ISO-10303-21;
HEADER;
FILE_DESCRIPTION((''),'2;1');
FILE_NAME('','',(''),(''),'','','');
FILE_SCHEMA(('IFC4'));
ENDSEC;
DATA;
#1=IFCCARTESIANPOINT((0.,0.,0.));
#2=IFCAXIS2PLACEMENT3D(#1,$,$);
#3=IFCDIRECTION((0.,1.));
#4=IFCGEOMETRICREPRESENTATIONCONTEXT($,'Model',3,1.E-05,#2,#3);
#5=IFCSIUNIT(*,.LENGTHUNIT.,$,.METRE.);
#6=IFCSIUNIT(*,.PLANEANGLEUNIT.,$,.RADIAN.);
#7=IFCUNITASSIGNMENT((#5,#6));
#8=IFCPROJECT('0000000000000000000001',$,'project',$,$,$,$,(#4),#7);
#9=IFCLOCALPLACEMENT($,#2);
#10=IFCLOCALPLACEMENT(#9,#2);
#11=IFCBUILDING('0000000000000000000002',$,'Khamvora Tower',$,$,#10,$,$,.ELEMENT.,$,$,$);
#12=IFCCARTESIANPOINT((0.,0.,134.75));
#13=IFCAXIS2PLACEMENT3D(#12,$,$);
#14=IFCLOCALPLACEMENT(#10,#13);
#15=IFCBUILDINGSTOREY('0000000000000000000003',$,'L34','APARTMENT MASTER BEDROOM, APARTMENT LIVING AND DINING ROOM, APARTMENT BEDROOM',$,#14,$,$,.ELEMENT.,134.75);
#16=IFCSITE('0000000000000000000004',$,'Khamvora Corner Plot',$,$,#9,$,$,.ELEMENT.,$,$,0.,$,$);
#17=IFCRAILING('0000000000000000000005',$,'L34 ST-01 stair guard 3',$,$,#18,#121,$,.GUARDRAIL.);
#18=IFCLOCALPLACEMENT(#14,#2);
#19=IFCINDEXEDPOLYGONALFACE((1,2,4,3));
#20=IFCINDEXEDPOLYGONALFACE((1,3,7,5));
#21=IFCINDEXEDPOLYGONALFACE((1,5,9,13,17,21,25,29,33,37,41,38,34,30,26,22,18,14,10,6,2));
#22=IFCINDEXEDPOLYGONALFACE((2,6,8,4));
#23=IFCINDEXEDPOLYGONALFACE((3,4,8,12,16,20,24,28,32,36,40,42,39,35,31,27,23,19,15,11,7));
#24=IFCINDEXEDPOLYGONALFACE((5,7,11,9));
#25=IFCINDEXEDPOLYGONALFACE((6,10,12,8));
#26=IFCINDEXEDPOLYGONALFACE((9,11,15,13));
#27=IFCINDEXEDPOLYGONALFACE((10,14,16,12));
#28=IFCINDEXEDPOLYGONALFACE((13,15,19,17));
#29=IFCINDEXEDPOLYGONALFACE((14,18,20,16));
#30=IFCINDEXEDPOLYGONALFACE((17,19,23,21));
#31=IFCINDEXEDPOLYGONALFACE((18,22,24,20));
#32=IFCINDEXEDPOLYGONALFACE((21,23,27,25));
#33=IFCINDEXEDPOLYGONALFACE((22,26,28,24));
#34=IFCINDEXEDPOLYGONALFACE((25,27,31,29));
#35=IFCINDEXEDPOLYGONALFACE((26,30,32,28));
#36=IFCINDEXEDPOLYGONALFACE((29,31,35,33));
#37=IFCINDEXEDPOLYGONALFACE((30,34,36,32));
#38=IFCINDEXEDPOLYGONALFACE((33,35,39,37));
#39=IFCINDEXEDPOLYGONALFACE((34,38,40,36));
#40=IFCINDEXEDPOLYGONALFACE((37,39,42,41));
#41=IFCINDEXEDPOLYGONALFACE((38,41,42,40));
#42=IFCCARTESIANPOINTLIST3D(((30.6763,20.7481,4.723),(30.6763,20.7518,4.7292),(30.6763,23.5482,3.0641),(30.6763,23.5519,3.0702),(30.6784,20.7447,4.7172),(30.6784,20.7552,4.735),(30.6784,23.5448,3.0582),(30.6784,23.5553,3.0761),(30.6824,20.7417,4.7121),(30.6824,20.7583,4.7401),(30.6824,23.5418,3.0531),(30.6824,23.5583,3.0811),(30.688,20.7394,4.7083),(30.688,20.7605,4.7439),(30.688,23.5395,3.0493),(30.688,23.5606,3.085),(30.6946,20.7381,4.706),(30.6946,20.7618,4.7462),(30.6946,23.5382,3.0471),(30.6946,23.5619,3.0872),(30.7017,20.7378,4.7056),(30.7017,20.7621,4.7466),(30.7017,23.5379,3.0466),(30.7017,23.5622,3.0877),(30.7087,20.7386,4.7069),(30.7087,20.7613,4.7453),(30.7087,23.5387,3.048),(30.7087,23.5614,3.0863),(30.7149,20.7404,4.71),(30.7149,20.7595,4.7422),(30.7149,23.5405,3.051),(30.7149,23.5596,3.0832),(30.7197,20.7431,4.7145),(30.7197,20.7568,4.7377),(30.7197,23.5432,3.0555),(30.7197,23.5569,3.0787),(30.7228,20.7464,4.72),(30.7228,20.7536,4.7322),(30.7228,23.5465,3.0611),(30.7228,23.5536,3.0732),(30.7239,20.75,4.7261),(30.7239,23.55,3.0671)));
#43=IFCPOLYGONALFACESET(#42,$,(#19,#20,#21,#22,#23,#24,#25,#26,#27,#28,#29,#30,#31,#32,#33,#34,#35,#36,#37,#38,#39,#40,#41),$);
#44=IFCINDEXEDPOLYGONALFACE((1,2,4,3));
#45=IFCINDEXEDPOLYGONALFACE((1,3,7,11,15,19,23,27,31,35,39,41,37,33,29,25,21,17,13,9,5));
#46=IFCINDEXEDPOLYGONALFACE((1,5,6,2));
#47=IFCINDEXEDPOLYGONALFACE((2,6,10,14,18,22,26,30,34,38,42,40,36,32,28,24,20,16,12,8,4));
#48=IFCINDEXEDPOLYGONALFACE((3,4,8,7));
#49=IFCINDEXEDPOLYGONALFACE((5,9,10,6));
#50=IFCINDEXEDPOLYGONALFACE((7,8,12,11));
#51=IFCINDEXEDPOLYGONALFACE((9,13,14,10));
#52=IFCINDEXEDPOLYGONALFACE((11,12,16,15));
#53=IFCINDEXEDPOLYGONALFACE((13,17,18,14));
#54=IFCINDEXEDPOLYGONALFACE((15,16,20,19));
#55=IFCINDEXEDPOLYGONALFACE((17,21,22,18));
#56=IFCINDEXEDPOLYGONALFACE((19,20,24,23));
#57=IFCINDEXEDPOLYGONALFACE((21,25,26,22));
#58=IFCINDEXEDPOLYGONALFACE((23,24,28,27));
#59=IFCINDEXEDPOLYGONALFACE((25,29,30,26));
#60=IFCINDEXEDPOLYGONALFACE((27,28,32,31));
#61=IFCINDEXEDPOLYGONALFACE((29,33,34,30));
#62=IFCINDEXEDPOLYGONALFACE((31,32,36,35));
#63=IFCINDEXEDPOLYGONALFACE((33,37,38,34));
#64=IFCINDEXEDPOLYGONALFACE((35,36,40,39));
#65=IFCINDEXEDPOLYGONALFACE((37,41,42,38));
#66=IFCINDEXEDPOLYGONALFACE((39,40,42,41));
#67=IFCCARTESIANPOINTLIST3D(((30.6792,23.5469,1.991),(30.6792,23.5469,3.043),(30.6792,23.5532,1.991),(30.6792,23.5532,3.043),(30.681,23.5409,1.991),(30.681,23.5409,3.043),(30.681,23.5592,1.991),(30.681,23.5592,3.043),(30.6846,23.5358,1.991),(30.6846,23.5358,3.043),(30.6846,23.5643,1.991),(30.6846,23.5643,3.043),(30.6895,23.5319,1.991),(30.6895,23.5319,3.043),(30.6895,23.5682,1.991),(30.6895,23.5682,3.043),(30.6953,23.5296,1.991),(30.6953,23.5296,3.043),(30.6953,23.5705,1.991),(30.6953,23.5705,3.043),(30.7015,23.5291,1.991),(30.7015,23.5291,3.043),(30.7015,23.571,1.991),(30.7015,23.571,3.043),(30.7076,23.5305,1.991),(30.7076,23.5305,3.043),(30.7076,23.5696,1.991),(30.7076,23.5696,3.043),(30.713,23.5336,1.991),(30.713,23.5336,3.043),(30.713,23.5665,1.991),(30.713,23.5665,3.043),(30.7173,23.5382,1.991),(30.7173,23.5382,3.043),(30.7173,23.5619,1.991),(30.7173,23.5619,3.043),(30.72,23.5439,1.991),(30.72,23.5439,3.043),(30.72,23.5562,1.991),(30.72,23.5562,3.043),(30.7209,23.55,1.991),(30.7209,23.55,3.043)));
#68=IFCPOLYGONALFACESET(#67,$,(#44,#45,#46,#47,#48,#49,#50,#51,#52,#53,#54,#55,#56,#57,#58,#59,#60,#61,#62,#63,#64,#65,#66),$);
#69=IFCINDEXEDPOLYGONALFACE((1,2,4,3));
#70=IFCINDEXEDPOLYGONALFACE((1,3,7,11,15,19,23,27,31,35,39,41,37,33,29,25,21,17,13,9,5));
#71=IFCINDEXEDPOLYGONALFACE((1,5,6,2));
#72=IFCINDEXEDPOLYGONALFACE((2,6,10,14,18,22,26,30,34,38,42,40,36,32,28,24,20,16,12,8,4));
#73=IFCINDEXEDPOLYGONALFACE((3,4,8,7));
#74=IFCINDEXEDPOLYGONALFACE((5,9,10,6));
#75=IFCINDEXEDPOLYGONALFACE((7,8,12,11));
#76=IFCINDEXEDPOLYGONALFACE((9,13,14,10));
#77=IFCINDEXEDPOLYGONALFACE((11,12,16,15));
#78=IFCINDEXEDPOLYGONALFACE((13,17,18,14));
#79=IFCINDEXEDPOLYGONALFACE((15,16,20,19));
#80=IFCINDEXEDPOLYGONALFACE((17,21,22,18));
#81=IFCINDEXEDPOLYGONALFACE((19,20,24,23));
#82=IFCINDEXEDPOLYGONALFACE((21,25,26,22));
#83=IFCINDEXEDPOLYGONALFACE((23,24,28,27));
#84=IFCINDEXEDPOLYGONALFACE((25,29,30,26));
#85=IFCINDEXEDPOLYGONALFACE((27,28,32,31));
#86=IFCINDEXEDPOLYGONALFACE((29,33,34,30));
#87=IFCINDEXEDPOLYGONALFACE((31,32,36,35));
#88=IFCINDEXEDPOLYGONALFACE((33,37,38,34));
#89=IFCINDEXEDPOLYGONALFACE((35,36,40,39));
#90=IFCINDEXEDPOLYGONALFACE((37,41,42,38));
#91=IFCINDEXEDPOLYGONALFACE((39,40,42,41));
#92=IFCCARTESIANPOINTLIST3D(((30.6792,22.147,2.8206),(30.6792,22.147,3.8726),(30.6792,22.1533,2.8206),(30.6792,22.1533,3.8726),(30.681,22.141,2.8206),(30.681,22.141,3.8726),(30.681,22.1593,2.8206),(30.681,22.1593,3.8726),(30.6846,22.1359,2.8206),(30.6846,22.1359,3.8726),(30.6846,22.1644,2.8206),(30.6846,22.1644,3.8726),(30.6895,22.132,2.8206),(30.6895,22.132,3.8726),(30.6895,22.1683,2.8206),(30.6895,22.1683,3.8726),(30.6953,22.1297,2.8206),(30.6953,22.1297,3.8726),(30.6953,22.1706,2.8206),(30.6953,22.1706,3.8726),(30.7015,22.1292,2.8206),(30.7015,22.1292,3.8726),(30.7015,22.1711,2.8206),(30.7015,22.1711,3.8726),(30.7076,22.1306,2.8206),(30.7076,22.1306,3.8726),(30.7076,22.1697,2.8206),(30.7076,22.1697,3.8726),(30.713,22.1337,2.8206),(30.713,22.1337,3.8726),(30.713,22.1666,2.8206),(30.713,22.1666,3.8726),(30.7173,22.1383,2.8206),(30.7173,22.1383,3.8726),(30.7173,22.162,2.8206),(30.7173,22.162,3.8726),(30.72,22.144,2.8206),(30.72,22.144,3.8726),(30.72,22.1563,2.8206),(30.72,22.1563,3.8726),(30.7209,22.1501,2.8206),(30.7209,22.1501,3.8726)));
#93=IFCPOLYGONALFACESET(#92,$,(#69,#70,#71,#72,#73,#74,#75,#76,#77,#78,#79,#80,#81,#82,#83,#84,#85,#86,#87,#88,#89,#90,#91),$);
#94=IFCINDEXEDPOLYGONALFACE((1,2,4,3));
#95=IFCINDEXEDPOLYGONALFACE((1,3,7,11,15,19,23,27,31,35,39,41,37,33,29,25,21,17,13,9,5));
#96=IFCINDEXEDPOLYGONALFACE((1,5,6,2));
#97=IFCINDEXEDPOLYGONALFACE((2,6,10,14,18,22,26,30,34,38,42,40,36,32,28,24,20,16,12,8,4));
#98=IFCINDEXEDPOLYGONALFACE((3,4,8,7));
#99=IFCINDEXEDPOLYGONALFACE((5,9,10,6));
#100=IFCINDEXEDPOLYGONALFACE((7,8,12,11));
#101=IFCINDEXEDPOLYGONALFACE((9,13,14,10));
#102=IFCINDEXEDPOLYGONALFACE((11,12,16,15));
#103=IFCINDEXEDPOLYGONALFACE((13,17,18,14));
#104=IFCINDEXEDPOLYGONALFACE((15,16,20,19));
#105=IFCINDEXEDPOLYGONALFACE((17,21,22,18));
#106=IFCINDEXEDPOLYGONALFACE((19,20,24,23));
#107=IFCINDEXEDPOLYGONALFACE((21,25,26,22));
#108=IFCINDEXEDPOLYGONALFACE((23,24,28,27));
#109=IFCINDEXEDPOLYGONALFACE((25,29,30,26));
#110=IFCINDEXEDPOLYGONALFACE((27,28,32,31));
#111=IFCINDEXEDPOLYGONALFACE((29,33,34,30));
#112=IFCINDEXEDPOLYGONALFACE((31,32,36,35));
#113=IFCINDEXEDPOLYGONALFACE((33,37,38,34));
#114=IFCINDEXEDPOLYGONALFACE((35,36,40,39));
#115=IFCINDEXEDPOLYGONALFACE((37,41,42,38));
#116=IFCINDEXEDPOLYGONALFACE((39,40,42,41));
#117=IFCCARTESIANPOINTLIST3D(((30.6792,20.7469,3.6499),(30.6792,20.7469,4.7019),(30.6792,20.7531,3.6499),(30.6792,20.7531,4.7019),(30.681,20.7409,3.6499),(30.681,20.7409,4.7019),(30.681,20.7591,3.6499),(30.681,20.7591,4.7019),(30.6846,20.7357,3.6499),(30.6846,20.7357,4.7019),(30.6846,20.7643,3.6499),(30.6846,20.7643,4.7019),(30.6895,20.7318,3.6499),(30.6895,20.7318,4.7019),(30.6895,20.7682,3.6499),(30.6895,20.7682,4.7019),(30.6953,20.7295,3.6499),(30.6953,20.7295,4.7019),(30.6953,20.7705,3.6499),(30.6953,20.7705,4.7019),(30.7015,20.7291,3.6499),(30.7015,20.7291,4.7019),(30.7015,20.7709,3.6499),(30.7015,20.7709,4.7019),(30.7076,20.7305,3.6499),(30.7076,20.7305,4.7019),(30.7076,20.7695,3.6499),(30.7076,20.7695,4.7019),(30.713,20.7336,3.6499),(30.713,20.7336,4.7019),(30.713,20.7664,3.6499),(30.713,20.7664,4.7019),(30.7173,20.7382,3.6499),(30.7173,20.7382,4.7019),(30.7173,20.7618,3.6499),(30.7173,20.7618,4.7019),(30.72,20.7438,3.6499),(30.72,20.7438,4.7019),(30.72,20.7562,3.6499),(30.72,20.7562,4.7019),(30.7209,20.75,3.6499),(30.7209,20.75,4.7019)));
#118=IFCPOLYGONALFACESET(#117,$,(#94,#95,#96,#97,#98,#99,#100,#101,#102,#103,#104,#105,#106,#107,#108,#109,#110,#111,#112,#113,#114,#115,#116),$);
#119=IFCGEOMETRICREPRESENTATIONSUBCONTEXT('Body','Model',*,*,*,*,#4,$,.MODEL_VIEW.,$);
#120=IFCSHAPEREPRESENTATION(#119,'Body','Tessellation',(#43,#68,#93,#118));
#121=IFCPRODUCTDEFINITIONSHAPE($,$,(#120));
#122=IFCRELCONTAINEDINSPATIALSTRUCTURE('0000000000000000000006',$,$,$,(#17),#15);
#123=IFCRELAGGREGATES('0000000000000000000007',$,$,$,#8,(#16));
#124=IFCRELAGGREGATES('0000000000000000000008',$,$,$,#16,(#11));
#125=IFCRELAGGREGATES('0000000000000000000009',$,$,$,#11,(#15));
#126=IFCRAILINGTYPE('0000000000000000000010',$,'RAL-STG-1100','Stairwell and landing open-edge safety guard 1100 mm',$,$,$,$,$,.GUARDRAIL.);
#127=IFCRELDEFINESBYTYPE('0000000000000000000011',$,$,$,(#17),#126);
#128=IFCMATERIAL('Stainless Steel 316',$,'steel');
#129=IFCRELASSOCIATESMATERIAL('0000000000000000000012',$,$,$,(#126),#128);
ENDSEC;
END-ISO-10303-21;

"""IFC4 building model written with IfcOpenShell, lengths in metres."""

from ifc_helpers import new_model, si_unit, direction, frame, origin, origin_2d, place, context, subcontext, project, spatial, circle, extrude, material, type_object, element, save


model = new_model("IFC4")

# Units and contexts
model_context = context("Model", 3, precision=1e-05, world=origin(), true_north=direction((0.0, 1.0)))
body_context = subcontext(model_context, "Body", "Model", "MODEL_VIEW")
ifc_project = project(units=[si_unit("LENGTHUNIT", "METRE"), si_unit("PLANEANGLEUNIT", "RADIAN")], contexts=[model_context])

# Site, building, storey
site_placement = place(None, origin())
site = spatial("IfcSite", under=ifc_project, at=site_placement, Name="Khamvora Corner Plot", CompositionType="ELEMENT", RefElevation=0.0)
building_placement = place(site_placement, origin())
building = spatial("IfcBuilding", under=site, at=building_placement, Name="Khamvora Tower", CompositionType="ELEMENT")
storey_placement = place(building_placement, frame((0.0, 0.0, 134.75)))
storey = spatial("IfcBuildingStorey", under=building, at=storey_placement, Name="L34", Description="APARTMENT MASTER BEDROOM, APARTMENT LIVING AND DINING ROOM, APARTMENT BEDROOM", CompositionType="ELEMENT", Elevation=134.75)

# Railing
ifc_material_1 = material(Name="Stainless Steel 316", Category="steel")
railing_type_1 = type_object("IfcRailingType", Name="RAL-STG-1100", Description="Stairwell and landing open-edge safety guard 1100 mm", PredefinedType="GUARDRAIL", material=ifc_material_1)
railing_1_placement = place(storey_placement, frame((30.7, 23.55, 1.991)))
element("IfcRailing", 1, at=railing_1_placement, inside=storey, type_object=railing_type_1, Name="L34 ST-01 stair guard 3", PredefinedType="GUARDRAIL", context=body_context, shape_type="SweptSolid", body=[
    extrude(circle(Radius=0.0239, at=origin_2d()), frame((0.0, 0.0, 1.0762), z_axis=(0.0, -0.860339, 0.509722), x_axis=(1.0, 0.0, 0.0)), (0.0, 0.0, 1.0), 3.2546),
    extrude(circle(Radius=0.021, at=origin_2d()), origin(), (0.0, 0.0, 1.0), 1.052),
    extrude(circle(Radius=0.021, at=origin_2d()), frame((0.0, -1.3999, 0.8296)), (0.0, 0.0, 1.0), 1.052),
    extrude(circle(Radius=0.021, at=origin_2d()), frame((0.0, -2.8, 1.6589)), (0.0, 0.0, 1.0), 1.052),
])

save(model, "model.ifc")
